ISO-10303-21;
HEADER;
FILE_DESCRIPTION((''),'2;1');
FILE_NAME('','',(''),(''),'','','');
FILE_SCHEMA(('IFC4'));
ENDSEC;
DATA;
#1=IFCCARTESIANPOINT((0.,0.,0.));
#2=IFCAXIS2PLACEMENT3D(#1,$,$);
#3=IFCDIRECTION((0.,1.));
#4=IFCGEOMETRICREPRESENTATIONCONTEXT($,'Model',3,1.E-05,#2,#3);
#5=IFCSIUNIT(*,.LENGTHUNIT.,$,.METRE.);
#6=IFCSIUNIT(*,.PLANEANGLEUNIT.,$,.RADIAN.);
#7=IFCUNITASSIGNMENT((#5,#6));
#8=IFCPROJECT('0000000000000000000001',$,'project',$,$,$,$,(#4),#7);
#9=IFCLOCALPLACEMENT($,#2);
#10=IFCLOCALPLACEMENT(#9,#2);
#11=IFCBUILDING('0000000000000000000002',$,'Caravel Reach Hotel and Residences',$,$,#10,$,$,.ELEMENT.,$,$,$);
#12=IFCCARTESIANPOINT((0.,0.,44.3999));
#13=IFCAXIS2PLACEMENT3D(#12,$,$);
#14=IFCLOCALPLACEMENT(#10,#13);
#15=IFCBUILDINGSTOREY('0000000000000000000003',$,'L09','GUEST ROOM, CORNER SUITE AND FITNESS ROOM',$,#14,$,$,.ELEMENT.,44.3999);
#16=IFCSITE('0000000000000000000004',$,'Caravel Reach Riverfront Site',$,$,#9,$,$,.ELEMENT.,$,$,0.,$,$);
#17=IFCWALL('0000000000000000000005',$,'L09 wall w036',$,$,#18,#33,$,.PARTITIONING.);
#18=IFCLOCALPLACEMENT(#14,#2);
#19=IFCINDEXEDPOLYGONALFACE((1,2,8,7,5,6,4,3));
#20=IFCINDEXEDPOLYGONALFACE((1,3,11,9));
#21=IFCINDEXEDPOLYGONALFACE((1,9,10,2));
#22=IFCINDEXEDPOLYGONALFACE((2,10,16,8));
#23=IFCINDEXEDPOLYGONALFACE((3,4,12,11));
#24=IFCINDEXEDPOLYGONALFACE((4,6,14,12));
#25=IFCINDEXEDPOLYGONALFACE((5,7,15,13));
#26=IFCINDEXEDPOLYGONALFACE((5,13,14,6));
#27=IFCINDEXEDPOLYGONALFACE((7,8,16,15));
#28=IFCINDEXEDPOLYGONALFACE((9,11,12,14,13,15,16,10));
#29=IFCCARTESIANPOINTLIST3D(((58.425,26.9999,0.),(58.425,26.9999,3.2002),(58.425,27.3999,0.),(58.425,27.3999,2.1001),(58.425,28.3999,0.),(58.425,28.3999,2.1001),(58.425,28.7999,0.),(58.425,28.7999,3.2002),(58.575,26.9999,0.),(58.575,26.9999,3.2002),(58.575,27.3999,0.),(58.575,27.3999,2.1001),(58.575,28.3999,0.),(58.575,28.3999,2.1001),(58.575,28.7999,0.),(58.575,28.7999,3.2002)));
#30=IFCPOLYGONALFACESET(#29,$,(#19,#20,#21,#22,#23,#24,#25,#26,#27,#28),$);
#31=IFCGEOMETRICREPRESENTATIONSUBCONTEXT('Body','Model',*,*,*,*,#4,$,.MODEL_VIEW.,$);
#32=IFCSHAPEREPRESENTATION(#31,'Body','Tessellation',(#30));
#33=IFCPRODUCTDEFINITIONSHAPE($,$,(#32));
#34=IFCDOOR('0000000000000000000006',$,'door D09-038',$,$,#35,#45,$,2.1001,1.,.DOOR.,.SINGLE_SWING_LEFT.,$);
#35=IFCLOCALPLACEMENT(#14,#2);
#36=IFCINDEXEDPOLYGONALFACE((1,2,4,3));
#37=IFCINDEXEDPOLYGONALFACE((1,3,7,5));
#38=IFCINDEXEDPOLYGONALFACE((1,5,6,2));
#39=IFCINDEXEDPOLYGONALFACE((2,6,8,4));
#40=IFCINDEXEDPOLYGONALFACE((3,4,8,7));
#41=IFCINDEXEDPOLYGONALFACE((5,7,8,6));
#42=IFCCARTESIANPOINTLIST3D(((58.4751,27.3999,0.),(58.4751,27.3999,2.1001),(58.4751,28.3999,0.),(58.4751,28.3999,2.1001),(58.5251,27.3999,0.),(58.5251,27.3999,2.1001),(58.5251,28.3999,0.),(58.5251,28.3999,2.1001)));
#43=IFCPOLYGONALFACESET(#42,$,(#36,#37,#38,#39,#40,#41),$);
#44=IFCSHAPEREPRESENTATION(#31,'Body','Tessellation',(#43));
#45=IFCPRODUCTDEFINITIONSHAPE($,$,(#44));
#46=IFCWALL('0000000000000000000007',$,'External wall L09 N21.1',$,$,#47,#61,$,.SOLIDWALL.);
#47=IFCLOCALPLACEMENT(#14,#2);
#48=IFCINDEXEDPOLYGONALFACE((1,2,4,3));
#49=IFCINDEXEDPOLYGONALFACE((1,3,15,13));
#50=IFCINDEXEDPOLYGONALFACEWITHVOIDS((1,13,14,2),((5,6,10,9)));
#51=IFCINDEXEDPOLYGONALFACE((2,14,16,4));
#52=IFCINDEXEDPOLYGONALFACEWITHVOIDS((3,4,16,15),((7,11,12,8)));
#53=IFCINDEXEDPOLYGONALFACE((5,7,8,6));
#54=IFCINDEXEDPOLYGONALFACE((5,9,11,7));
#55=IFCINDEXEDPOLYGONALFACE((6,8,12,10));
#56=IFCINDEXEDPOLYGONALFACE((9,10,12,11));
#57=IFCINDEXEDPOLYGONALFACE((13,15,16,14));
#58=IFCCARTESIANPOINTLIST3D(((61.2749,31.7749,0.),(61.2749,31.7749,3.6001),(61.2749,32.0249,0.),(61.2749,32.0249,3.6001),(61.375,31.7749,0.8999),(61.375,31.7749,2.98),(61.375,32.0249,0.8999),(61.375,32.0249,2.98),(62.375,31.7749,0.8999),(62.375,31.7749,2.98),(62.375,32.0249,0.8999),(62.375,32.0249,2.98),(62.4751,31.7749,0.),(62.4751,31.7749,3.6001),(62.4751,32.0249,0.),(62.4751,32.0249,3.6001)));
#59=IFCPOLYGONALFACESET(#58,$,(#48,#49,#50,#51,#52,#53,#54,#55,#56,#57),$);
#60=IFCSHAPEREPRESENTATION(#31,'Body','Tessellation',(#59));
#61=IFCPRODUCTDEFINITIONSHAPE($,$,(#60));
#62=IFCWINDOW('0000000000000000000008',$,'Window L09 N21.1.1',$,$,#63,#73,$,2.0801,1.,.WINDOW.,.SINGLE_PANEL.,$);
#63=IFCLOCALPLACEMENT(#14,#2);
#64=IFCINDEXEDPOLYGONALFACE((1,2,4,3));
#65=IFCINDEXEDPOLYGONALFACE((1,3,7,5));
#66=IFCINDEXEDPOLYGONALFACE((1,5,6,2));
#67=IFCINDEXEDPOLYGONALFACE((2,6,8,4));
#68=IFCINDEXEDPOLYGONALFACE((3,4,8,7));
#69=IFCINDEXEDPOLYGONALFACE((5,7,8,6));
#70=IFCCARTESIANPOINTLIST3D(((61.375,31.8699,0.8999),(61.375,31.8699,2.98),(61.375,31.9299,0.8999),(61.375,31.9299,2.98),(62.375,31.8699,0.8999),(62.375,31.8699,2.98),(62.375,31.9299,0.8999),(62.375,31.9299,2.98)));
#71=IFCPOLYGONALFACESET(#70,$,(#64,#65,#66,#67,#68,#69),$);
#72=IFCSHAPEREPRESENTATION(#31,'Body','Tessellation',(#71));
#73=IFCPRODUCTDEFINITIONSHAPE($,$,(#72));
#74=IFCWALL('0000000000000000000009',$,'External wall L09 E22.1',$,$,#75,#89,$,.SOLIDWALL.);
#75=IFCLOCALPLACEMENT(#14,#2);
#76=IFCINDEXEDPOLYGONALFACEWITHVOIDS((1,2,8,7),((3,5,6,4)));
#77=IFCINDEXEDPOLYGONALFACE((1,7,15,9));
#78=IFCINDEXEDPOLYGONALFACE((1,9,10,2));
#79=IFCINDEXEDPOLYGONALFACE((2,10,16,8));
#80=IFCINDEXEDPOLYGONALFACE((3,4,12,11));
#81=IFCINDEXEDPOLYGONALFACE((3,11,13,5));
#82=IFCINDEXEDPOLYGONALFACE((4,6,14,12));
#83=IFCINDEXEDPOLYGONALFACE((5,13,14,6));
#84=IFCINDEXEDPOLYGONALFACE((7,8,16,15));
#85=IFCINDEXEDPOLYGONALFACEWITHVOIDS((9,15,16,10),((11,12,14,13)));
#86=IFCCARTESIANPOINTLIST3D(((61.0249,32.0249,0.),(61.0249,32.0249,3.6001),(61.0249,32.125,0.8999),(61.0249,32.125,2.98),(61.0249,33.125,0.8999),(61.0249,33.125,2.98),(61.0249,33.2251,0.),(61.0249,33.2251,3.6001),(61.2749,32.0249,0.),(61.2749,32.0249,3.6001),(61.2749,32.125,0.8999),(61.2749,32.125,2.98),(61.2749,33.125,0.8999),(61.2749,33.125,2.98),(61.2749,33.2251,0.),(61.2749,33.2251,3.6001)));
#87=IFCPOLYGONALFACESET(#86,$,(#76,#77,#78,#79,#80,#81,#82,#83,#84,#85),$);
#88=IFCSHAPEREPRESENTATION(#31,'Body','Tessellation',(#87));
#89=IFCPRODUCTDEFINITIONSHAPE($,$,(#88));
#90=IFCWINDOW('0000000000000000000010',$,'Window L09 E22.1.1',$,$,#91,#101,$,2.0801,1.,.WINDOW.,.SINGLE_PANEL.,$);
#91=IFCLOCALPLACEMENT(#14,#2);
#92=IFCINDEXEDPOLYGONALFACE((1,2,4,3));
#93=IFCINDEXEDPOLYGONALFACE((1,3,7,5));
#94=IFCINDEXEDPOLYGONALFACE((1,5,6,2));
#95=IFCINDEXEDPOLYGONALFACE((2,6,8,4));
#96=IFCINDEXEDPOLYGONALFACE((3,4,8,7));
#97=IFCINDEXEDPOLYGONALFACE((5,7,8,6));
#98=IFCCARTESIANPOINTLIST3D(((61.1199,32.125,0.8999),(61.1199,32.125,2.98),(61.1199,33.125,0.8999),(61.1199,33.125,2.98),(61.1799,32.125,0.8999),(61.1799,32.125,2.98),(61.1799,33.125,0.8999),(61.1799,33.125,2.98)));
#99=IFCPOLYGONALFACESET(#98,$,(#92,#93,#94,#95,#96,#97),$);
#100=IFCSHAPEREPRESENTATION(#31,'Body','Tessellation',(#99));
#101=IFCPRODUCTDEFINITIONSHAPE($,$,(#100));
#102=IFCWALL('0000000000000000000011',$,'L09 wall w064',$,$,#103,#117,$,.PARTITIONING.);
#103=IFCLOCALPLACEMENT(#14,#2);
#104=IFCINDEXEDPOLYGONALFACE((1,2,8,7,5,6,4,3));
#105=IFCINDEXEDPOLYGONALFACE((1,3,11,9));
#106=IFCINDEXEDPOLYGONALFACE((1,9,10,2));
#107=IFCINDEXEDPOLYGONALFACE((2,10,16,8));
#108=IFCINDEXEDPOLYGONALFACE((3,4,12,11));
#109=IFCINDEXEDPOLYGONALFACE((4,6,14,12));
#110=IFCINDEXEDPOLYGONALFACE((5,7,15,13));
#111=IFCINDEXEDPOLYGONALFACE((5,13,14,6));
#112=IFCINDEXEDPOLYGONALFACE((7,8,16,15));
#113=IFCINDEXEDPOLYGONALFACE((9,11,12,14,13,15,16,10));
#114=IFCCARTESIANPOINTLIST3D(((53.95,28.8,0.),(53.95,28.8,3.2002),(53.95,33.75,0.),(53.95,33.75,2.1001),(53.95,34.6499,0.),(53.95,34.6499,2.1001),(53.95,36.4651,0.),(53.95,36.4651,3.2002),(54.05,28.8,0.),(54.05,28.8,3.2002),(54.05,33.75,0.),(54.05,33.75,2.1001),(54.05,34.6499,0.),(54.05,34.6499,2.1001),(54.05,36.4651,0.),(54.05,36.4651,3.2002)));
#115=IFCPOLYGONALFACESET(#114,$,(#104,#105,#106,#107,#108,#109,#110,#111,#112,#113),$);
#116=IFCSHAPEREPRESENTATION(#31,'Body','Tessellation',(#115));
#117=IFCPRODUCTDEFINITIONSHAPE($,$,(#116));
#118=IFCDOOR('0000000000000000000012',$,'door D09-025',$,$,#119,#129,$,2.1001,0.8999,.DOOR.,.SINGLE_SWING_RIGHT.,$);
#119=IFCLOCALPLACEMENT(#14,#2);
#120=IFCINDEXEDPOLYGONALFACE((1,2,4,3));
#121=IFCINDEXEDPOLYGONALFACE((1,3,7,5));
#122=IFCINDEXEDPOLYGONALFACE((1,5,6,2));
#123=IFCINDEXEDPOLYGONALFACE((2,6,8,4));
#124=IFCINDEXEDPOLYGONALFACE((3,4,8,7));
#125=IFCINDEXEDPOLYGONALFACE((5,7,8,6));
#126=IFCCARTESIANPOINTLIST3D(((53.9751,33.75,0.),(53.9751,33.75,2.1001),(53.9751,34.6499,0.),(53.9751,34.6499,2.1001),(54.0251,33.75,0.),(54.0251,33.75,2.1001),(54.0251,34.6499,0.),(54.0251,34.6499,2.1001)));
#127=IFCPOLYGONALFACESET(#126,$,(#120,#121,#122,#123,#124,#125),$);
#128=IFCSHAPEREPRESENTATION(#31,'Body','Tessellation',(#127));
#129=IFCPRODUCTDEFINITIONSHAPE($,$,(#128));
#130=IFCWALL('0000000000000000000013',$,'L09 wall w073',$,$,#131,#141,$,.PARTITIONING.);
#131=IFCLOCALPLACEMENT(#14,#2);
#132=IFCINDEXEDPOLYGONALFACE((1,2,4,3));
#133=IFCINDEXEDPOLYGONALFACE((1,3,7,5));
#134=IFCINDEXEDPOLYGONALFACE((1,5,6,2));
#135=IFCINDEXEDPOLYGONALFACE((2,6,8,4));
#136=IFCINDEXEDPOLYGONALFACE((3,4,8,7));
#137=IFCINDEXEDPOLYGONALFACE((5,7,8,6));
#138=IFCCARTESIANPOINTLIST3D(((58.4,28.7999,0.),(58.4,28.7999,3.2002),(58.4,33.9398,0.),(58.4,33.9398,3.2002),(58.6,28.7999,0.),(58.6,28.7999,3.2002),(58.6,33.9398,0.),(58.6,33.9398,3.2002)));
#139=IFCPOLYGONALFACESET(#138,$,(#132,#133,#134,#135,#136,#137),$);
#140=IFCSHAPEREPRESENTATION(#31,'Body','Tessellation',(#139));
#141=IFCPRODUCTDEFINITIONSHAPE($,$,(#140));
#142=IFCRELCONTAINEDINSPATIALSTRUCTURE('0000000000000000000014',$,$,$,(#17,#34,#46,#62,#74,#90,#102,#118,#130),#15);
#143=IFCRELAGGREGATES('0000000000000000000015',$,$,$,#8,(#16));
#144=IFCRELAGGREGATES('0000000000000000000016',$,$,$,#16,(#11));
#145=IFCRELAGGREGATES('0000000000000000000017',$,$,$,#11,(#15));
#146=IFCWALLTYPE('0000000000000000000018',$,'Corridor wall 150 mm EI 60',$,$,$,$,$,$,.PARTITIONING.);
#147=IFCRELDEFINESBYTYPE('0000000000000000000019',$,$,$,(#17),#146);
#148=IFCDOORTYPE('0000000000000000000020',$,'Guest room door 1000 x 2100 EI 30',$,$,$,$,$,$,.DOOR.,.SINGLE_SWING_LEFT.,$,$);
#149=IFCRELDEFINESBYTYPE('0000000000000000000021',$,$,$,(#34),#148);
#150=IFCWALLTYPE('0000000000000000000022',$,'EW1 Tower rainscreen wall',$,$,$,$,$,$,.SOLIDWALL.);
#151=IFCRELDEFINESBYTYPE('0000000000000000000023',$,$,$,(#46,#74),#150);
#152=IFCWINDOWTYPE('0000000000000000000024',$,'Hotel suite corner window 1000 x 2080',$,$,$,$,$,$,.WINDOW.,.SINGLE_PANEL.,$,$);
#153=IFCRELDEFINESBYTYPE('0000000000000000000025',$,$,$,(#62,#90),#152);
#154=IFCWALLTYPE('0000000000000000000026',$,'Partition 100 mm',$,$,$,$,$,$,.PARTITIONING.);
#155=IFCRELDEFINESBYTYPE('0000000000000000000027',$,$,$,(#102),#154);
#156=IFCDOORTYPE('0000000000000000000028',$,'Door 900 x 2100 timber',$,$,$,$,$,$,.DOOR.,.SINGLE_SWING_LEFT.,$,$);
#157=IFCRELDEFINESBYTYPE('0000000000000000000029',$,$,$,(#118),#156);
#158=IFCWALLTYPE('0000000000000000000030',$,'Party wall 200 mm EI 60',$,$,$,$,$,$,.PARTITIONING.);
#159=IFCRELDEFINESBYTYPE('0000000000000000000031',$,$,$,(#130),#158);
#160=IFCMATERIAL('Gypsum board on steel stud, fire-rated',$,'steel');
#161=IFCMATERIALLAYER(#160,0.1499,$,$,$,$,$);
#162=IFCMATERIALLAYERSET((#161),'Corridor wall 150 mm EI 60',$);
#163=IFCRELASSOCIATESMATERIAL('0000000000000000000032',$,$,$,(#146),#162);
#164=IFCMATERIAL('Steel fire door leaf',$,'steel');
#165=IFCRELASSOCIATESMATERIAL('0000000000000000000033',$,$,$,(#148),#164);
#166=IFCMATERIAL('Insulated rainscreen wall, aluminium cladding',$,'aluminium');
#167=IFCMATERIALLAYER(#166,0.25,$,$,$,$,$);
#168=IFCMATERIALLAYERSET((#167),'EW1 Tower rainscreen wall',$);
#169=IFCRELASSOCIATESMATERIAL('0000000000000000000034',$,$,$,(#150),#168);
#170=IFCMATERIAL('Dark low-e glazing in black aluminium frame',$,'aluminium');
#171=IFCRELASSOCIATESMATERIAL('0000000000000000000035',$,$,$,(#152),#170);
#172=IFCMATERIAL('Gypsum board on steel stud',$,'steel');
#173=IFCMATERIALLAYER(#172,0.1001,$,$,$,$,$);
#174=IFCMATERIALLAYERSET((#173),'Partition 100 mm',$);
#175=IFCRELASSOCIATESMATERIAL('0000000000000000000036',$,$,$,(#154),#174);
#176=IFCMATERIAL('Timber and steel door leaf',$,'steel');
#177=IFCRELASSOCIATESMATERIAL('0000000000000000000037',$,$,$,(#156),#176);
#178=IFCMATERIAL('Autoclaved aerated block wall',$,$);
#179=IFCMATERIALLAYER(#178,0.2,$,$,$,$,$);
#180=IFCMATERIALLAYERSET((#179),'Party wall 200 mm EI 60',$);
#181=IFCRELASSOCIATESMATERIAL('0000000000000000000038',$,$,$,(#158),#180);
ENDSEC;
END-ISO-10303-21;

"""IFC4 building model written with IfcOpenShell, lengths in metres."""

from ifc_helpers import new_model, si_unit, direction, frame, frame_2d, origin, place, context, subcontext, project, spatial, rectangle, extrude, material, layer, layer_set, type_object, element, fill, save


model = new_model("IFC4")

# Units and contexts
model_context = context("Model", 3, precision=1e-05, world=origin(), true_north=direction((0.0, 1.0)))
body_context = subcontext(model_context, "Body", "Model", "MODEL_VIEW")
ifc_project = project(units=[si_unit("LENGTHUNIT", "METRE"), si_unit("PLANEANGLEUNIT", "RADIAN")], contexts=[model_context])

# Site, building, storey
site_placement = place(None, origin())
site = spatial("IfcSite", under=ifc_project, at=site_placement, Name="Caravel Reach Riverfront Site", CompositionType="ELEMENT", RefElevation=0.0)
building_placement = place(site_placement, origin())
building = spatial("IfcBuilding", under=site, at=building_placement, Name="Caravel Reach Hotel and Residences", CompositionType="ELEMENT")
storey_placement = place(building_placement, frame((0.0, 0.0, 44.3999)))
storey = spatial("IfcBuildingStorey", under=building, at=storey_placement, Name="L09", Description="GUEST ROOM, CORNER SUITE AND FITNESS ROOM", CompositionType="ELEMENT", Elevation=44.3999)

# Wall, opening, door
ifc_material_1 = material(Name="Gypsum board on steel stud, fire-rated", Category="steel")
ifc_layer_1 = layer(ifc_material_1, 0.1499)
ifc_layer_set_1 = layer_set([ifc_layer_1], Name="Corridor wall 150 mm EI 60")
wall_type_1 = type_object("IfcWallType", Name="Corridor wall 150 mm EI 60", PredefinedType="PARTITIONING", material=ifc_layer_set_1)
wall_1_placement = place(storey_placement, frame((58.5, 27.0, 0.0), z_axis=(0.0, 0.0, 1.0), x_axis=(0.0, 1.0, 0.0)))
wall_1 = element("IfcWall", 1, at=wall_1_placement, inside=storey, type_object=wall_type_1, Name="L09 wall w036", PredefinedType="PARTITIONING", context=body_context, shape_type="SweptSolid", body=[
    extrude(rectangle(XDim=1.8, YDim=0.1499, at=frame_2d((0.8999, 0.0))), origin(), (0.0, 0.0, 1.0), 3.2002),
])
opening_1_placement = place(wall_1_placement, frame((0.3999, 0.0, 0.0)))
opening_1 = element("IfcOpeningElement", 2, at=opening_1_placement, cuts=wall_1, PredefinedType="OPENING", context=body_context, shape_type="SweptSolid", body=[
    extrude(rectangle(XDim=1.0, YDim=2.1001, at=frame_2d((0.5, 1.05))), frame((0.0, 0.085, 0.0), z_axis=(0.0, -1.0, 0.0), x_axis=(1.0, 0.0, 0.0)), (0.0, 0.0, 1.0), 0.1699),
])
ifc_material_2 = material(Name="Steel fire door leaf", Category="steel")
door_type_1 = type_object("IfcDoorType", Name="Guest room door 1000 x 2100 EI 30", OperationType="SINGLE_SWING_LEFT", PredefinedType="DOOR", material=ifc_material_2)
door_1_placement = place(opening_1_placement, origin())
door_1 = element("IfcDoor", 3, at=door_1_placement, inside=storey, type_object=door_type_1, Name="door D09-038", OperationType="SINGLE_SWING_LEFT", OverallHeight=2.1001, OverallWidth=1.0, PredefinedType="DOOR", context=body_context, shape_type="SweptSolid", body=[
    extrude(rectangle(XDim=1.0, YDim=2.1001, at=frame_2d((0.5, 1.05))), frame((0.0, 0.0249, 0.0), z_axis=(0.0, -1.0, 0.0), x_axis=(1.0, 0.0, 0.0)), (0.0, 0.0, 1.0), 0.05),
])
fill(opening_1, door_1)

# Walls, openings, windows
ifc_material_3 = material(Name="Insulated rainscreen wall, aluminium cladding", Category="aluminium")
ifc_layer_2 = layer(ifc_material_3, 0.25)
ifc_layer_set_2 = layer_set([ifc_layer_2], Name="EW1 Tower rainscreen wall")
wall_type_2 = type_object("IfcWallType", Name="EW1 Tower rainscreen wall", PredefinedType="SOLIDWALL", material=ifc_layer_set_2)
wall_2_placement = place(storey_placement, frame((62.4751, 31.8999, 0.0), z_axis=(0.0, 0.0, 1.0), x_axis=(-1.0, 0.0, 0.0)))
wall_2 = element("IfcWall", 4, at=wall_2_placement, inside=storey, type_object=wall_type_2, Name="External wall L09 N21.1", PredefinedType="SOLIDWALL", context=body_context, shape_type="SweptSolid", body=[
    extrude(rectangle(XDim=1.2002, YDim=0.25, at=frame_2d((0.6001, 0.0))), origin(), (0.0, 0.0, 1.0), 3.6001),
])
opening_2_placement = place(wall_2_placement, frame((0.1001, 0.0, 0.8999)))
opening_2 = element("IfcOpeningElement", 5, at=opening_2_placement, cuts=wall_2, PredefinedType="OPENING", context=body_context, shape_type="SweptSolid", body=[
    extrude(rectangle(XDim=1.0, YDim=2.0801, at=frame_2d((0.5, 1.04))), frame((0.0, 0.135, 0.0), z_axis=(0.0, -1.0, 0.0), x_axis=(1.0, 0.0, 0.0)), (0.0, 0.0, 1.0), 0.27),
])
ifc_material_4 = material(Name="Dark low-e glazing in black aluminium frame", Category="aluminium")
window_type = type_object("IfcWindowType", Name="Hotel suite corner window 1000 x 2080", PartitioningType="SINGLE_PANEL", PredefinedType="WINDOW", material=ifc_material_4)
window_1_placement = place(opening_2_placement, origin())
window_1 = element("IfcWindow", 6, at=window_1_placement, inside=storey, type_object=window_type, Name="Window L09 N21.1.1", OverallHeight=2.0801, OverallWidth=1.0, PartitioningType="SINGLE_PANEL", PredefinedType="WINDOW", context=body_context, shape_type="SweptSolid", body=[
    extrude(rectangle(XDim=1.0, YDim=2.0801, at=frame_2d((0.5, 1.04))), frame((0.0, 0.03, 0.0), z_axis=(0.0, -1.0, 0.0), x_axis=(1.0, 0.0, 0.0)), (0.0, 0.0, 1.0), 0.0601),
])
fill(opening_2, window_1)
wall_3_placement = place(storey_placement, frame((61.1499, 32.0249, 0.0), z_axis=(0.0, 0.0, 1.0), x_axis=(0.0, 1.0, 0.0)))
wall_3 = element("IfcWall", 7, at=wall_3_placement, inside=storey, type_object=wall_type_2, Name="External wall L09 E22.1", PredefinedType="SOLIDWALL", context=body_context, shape_type="SweptSolid", body=[
    extrude(rectangle(XDim=1.2002, YDim=0.25, at=frame_2d((0.6001, 0.0))), origin(), (0.0, 0.0, 1.0), 3.6001),
])
opening_3_placement = place(wall_3_placement, frame((0.1001, 0.0, 0.8999)))
opening_3 = element("IfcOpeningElement", 8, at=opening_3_placement, cuts=wall_3, PredefinedType="OPENING", context=body_context, shape_type="SweptSolid", body=[
    extrude(rectangle(XDim=1.0, YDim=2.0801, at=frame_2d((0.5, 1.04))), frame((0.0, 0.135, 0.0), z_axis=(0.0, -1.0, 0.0), x_axis=(1.0, 0.0, 0.0)), (0.0, 0.0, 1.0), 0.27),
])
window_2_placement = place(opening_3_placement, origin())
window_2 = element("IfcWindow", 9, at=window_2_placement, inside=storey, type_object=window_type, Name="Window L09 E22.1.1", OverallHeight=2.0801, OverallWidth=1.0, PartitioningType="SINGLE_PANEL", PredefinedType="WINDOW", context=body_context, shape_type="SweptSolid", body=[
    extrude(rectangle(XDim=1.0, YDim=2.0801, at=frame_2d((0.5, 1.04))), frame((0.0, 0.03, 0.0), z_axis=(0.0, -1.0, 0.0), x_axis=(1.0, 0.0, 0.0)), (0.0, 0.0, 1.0), 0.0601),
])
fill(opening_3, window_2)

# Wall, opening, door
ifc_material_5 = material(Name="Gypsum board on steel stud", Category="steel")
ifc_layer_3 = layer(ifc_material_5, 0.1001)
ifc_layer_set_3 = layer_set([ifc_layer_3], Name="Partition 100 mm")
wall_type_3 = type_object("IfcWallType", Name="Partition 100 mm", PredefinedType="PARTITIONING", material=ifc_layer_set_3)
wall_4_placement = place(storey_placement, frame((54.0, 28.8, 0.0), z_axis=(0.0, 0.0, 1.0), x_axis=(0.0, 1.0, 0.0)))
wall_4 = element("IfcWall", 10, at=wall_4_placement, inside=storey, type_object=wall_type_3, Name="L09 wall w064", PredefinedType="PARTITIONING", context=body_context, shape_type="SweptSolid", body=[
    extrude(rectangle(XDim=7.665, YDim=0.1001, at=frame_2d((3.8325, 0.0))), origin(), (0.0, 0.0, 1.0), 3.2002),
])
opening_4_placement = place(wall_4_placement, frame((4.95, 0.0, 0.0)))
opening_4 = element("IfcOpeningElement", 11, at=opening_4_placement, cuts=wall_4, PredefinedType="OPENING", context=body_context, shape_type="SweptSolid", body=[
    extrude(rectangle(XDim=0.8999, YDim=2.1001, at=frame_2d((0.45, 1.05))), frame((0.0, 0.0601, 0.0), z_axis=(0.0, -1.0, 0.0), x_axis=(1.0, 0.0, 0.0)), (0.0, 0.0, 1.0), 0.1201),
])
ifc_material_6 = material(Name="Timber and steel door leaf", Category="steel")
door_type_2 = type_object("IfcDoorType", Name="Door 900 x 2100 timber", OperationType="SINGLE_SWING_LEFT", PredefinedType="DOOR", material=ifc_material_6)
door_2_placement = place(opening_4_placement, origin())
door_2 = element("IfcDoor", 12, at=door_2_placement, inside=storey, type_object=door_type_2, Name="door D09-025", OperationType="SINGLE_SWING_RIGHT", OverallHeight=2.1001, OverallWidth=0.8999, PredefinedType="DOOR", context=body_context, shape_type="SweptSolid", body=[
    extrude(rectangle(XDim=0.8999, YDim=2.1001, at=frame_2d((0.45, 1.05))), frame((0.0, 0.0249, 0.0), z_axis=(0.0, -1.0, 0.0), x_axis=(1.0, 0.0, 0.0)), (0.0, 0.0, 1.0), 0.05),
])
fill(opening_4, door_2)

# Wall
ifc_material_7 = material(Name="Autoclaved aerated block wall")
ifc_layer_4 = layer(ifc_material_7, 0.2)
ifc_layer_set_4 = layer_set([ifc_layer_4], Name="Party wall 200 mm EI 60")
wall_type_4 = type_object("IfcWallType", Name="Party wall 200 mm EI 60", PredefinedType="PARTITIONING", material=ifc_layer_set_4)
wall_5_placement = place(storey_placement, frame((58.5, 28.8, 0.0), z_axis=(0.0, 0.0, 1.0), x_axis=(0.0, 1.0, 0.0)))
element("IfcWall", 13, at=wall_5_placement, inside=storey, type_object=wall_type_4, Name="L09 wall w073", PredefinedType="PARTITIONING", context=body_context, shape_type="SweptSolid", body=[
    extrude(rectangle(XDim=5.1399, YDim=0.2, at=frame_2d((2.5698, 0.0))), origin(), (0.0, 0.0, 1.0), 3.2002),
])

save(model, "model.ifc")
